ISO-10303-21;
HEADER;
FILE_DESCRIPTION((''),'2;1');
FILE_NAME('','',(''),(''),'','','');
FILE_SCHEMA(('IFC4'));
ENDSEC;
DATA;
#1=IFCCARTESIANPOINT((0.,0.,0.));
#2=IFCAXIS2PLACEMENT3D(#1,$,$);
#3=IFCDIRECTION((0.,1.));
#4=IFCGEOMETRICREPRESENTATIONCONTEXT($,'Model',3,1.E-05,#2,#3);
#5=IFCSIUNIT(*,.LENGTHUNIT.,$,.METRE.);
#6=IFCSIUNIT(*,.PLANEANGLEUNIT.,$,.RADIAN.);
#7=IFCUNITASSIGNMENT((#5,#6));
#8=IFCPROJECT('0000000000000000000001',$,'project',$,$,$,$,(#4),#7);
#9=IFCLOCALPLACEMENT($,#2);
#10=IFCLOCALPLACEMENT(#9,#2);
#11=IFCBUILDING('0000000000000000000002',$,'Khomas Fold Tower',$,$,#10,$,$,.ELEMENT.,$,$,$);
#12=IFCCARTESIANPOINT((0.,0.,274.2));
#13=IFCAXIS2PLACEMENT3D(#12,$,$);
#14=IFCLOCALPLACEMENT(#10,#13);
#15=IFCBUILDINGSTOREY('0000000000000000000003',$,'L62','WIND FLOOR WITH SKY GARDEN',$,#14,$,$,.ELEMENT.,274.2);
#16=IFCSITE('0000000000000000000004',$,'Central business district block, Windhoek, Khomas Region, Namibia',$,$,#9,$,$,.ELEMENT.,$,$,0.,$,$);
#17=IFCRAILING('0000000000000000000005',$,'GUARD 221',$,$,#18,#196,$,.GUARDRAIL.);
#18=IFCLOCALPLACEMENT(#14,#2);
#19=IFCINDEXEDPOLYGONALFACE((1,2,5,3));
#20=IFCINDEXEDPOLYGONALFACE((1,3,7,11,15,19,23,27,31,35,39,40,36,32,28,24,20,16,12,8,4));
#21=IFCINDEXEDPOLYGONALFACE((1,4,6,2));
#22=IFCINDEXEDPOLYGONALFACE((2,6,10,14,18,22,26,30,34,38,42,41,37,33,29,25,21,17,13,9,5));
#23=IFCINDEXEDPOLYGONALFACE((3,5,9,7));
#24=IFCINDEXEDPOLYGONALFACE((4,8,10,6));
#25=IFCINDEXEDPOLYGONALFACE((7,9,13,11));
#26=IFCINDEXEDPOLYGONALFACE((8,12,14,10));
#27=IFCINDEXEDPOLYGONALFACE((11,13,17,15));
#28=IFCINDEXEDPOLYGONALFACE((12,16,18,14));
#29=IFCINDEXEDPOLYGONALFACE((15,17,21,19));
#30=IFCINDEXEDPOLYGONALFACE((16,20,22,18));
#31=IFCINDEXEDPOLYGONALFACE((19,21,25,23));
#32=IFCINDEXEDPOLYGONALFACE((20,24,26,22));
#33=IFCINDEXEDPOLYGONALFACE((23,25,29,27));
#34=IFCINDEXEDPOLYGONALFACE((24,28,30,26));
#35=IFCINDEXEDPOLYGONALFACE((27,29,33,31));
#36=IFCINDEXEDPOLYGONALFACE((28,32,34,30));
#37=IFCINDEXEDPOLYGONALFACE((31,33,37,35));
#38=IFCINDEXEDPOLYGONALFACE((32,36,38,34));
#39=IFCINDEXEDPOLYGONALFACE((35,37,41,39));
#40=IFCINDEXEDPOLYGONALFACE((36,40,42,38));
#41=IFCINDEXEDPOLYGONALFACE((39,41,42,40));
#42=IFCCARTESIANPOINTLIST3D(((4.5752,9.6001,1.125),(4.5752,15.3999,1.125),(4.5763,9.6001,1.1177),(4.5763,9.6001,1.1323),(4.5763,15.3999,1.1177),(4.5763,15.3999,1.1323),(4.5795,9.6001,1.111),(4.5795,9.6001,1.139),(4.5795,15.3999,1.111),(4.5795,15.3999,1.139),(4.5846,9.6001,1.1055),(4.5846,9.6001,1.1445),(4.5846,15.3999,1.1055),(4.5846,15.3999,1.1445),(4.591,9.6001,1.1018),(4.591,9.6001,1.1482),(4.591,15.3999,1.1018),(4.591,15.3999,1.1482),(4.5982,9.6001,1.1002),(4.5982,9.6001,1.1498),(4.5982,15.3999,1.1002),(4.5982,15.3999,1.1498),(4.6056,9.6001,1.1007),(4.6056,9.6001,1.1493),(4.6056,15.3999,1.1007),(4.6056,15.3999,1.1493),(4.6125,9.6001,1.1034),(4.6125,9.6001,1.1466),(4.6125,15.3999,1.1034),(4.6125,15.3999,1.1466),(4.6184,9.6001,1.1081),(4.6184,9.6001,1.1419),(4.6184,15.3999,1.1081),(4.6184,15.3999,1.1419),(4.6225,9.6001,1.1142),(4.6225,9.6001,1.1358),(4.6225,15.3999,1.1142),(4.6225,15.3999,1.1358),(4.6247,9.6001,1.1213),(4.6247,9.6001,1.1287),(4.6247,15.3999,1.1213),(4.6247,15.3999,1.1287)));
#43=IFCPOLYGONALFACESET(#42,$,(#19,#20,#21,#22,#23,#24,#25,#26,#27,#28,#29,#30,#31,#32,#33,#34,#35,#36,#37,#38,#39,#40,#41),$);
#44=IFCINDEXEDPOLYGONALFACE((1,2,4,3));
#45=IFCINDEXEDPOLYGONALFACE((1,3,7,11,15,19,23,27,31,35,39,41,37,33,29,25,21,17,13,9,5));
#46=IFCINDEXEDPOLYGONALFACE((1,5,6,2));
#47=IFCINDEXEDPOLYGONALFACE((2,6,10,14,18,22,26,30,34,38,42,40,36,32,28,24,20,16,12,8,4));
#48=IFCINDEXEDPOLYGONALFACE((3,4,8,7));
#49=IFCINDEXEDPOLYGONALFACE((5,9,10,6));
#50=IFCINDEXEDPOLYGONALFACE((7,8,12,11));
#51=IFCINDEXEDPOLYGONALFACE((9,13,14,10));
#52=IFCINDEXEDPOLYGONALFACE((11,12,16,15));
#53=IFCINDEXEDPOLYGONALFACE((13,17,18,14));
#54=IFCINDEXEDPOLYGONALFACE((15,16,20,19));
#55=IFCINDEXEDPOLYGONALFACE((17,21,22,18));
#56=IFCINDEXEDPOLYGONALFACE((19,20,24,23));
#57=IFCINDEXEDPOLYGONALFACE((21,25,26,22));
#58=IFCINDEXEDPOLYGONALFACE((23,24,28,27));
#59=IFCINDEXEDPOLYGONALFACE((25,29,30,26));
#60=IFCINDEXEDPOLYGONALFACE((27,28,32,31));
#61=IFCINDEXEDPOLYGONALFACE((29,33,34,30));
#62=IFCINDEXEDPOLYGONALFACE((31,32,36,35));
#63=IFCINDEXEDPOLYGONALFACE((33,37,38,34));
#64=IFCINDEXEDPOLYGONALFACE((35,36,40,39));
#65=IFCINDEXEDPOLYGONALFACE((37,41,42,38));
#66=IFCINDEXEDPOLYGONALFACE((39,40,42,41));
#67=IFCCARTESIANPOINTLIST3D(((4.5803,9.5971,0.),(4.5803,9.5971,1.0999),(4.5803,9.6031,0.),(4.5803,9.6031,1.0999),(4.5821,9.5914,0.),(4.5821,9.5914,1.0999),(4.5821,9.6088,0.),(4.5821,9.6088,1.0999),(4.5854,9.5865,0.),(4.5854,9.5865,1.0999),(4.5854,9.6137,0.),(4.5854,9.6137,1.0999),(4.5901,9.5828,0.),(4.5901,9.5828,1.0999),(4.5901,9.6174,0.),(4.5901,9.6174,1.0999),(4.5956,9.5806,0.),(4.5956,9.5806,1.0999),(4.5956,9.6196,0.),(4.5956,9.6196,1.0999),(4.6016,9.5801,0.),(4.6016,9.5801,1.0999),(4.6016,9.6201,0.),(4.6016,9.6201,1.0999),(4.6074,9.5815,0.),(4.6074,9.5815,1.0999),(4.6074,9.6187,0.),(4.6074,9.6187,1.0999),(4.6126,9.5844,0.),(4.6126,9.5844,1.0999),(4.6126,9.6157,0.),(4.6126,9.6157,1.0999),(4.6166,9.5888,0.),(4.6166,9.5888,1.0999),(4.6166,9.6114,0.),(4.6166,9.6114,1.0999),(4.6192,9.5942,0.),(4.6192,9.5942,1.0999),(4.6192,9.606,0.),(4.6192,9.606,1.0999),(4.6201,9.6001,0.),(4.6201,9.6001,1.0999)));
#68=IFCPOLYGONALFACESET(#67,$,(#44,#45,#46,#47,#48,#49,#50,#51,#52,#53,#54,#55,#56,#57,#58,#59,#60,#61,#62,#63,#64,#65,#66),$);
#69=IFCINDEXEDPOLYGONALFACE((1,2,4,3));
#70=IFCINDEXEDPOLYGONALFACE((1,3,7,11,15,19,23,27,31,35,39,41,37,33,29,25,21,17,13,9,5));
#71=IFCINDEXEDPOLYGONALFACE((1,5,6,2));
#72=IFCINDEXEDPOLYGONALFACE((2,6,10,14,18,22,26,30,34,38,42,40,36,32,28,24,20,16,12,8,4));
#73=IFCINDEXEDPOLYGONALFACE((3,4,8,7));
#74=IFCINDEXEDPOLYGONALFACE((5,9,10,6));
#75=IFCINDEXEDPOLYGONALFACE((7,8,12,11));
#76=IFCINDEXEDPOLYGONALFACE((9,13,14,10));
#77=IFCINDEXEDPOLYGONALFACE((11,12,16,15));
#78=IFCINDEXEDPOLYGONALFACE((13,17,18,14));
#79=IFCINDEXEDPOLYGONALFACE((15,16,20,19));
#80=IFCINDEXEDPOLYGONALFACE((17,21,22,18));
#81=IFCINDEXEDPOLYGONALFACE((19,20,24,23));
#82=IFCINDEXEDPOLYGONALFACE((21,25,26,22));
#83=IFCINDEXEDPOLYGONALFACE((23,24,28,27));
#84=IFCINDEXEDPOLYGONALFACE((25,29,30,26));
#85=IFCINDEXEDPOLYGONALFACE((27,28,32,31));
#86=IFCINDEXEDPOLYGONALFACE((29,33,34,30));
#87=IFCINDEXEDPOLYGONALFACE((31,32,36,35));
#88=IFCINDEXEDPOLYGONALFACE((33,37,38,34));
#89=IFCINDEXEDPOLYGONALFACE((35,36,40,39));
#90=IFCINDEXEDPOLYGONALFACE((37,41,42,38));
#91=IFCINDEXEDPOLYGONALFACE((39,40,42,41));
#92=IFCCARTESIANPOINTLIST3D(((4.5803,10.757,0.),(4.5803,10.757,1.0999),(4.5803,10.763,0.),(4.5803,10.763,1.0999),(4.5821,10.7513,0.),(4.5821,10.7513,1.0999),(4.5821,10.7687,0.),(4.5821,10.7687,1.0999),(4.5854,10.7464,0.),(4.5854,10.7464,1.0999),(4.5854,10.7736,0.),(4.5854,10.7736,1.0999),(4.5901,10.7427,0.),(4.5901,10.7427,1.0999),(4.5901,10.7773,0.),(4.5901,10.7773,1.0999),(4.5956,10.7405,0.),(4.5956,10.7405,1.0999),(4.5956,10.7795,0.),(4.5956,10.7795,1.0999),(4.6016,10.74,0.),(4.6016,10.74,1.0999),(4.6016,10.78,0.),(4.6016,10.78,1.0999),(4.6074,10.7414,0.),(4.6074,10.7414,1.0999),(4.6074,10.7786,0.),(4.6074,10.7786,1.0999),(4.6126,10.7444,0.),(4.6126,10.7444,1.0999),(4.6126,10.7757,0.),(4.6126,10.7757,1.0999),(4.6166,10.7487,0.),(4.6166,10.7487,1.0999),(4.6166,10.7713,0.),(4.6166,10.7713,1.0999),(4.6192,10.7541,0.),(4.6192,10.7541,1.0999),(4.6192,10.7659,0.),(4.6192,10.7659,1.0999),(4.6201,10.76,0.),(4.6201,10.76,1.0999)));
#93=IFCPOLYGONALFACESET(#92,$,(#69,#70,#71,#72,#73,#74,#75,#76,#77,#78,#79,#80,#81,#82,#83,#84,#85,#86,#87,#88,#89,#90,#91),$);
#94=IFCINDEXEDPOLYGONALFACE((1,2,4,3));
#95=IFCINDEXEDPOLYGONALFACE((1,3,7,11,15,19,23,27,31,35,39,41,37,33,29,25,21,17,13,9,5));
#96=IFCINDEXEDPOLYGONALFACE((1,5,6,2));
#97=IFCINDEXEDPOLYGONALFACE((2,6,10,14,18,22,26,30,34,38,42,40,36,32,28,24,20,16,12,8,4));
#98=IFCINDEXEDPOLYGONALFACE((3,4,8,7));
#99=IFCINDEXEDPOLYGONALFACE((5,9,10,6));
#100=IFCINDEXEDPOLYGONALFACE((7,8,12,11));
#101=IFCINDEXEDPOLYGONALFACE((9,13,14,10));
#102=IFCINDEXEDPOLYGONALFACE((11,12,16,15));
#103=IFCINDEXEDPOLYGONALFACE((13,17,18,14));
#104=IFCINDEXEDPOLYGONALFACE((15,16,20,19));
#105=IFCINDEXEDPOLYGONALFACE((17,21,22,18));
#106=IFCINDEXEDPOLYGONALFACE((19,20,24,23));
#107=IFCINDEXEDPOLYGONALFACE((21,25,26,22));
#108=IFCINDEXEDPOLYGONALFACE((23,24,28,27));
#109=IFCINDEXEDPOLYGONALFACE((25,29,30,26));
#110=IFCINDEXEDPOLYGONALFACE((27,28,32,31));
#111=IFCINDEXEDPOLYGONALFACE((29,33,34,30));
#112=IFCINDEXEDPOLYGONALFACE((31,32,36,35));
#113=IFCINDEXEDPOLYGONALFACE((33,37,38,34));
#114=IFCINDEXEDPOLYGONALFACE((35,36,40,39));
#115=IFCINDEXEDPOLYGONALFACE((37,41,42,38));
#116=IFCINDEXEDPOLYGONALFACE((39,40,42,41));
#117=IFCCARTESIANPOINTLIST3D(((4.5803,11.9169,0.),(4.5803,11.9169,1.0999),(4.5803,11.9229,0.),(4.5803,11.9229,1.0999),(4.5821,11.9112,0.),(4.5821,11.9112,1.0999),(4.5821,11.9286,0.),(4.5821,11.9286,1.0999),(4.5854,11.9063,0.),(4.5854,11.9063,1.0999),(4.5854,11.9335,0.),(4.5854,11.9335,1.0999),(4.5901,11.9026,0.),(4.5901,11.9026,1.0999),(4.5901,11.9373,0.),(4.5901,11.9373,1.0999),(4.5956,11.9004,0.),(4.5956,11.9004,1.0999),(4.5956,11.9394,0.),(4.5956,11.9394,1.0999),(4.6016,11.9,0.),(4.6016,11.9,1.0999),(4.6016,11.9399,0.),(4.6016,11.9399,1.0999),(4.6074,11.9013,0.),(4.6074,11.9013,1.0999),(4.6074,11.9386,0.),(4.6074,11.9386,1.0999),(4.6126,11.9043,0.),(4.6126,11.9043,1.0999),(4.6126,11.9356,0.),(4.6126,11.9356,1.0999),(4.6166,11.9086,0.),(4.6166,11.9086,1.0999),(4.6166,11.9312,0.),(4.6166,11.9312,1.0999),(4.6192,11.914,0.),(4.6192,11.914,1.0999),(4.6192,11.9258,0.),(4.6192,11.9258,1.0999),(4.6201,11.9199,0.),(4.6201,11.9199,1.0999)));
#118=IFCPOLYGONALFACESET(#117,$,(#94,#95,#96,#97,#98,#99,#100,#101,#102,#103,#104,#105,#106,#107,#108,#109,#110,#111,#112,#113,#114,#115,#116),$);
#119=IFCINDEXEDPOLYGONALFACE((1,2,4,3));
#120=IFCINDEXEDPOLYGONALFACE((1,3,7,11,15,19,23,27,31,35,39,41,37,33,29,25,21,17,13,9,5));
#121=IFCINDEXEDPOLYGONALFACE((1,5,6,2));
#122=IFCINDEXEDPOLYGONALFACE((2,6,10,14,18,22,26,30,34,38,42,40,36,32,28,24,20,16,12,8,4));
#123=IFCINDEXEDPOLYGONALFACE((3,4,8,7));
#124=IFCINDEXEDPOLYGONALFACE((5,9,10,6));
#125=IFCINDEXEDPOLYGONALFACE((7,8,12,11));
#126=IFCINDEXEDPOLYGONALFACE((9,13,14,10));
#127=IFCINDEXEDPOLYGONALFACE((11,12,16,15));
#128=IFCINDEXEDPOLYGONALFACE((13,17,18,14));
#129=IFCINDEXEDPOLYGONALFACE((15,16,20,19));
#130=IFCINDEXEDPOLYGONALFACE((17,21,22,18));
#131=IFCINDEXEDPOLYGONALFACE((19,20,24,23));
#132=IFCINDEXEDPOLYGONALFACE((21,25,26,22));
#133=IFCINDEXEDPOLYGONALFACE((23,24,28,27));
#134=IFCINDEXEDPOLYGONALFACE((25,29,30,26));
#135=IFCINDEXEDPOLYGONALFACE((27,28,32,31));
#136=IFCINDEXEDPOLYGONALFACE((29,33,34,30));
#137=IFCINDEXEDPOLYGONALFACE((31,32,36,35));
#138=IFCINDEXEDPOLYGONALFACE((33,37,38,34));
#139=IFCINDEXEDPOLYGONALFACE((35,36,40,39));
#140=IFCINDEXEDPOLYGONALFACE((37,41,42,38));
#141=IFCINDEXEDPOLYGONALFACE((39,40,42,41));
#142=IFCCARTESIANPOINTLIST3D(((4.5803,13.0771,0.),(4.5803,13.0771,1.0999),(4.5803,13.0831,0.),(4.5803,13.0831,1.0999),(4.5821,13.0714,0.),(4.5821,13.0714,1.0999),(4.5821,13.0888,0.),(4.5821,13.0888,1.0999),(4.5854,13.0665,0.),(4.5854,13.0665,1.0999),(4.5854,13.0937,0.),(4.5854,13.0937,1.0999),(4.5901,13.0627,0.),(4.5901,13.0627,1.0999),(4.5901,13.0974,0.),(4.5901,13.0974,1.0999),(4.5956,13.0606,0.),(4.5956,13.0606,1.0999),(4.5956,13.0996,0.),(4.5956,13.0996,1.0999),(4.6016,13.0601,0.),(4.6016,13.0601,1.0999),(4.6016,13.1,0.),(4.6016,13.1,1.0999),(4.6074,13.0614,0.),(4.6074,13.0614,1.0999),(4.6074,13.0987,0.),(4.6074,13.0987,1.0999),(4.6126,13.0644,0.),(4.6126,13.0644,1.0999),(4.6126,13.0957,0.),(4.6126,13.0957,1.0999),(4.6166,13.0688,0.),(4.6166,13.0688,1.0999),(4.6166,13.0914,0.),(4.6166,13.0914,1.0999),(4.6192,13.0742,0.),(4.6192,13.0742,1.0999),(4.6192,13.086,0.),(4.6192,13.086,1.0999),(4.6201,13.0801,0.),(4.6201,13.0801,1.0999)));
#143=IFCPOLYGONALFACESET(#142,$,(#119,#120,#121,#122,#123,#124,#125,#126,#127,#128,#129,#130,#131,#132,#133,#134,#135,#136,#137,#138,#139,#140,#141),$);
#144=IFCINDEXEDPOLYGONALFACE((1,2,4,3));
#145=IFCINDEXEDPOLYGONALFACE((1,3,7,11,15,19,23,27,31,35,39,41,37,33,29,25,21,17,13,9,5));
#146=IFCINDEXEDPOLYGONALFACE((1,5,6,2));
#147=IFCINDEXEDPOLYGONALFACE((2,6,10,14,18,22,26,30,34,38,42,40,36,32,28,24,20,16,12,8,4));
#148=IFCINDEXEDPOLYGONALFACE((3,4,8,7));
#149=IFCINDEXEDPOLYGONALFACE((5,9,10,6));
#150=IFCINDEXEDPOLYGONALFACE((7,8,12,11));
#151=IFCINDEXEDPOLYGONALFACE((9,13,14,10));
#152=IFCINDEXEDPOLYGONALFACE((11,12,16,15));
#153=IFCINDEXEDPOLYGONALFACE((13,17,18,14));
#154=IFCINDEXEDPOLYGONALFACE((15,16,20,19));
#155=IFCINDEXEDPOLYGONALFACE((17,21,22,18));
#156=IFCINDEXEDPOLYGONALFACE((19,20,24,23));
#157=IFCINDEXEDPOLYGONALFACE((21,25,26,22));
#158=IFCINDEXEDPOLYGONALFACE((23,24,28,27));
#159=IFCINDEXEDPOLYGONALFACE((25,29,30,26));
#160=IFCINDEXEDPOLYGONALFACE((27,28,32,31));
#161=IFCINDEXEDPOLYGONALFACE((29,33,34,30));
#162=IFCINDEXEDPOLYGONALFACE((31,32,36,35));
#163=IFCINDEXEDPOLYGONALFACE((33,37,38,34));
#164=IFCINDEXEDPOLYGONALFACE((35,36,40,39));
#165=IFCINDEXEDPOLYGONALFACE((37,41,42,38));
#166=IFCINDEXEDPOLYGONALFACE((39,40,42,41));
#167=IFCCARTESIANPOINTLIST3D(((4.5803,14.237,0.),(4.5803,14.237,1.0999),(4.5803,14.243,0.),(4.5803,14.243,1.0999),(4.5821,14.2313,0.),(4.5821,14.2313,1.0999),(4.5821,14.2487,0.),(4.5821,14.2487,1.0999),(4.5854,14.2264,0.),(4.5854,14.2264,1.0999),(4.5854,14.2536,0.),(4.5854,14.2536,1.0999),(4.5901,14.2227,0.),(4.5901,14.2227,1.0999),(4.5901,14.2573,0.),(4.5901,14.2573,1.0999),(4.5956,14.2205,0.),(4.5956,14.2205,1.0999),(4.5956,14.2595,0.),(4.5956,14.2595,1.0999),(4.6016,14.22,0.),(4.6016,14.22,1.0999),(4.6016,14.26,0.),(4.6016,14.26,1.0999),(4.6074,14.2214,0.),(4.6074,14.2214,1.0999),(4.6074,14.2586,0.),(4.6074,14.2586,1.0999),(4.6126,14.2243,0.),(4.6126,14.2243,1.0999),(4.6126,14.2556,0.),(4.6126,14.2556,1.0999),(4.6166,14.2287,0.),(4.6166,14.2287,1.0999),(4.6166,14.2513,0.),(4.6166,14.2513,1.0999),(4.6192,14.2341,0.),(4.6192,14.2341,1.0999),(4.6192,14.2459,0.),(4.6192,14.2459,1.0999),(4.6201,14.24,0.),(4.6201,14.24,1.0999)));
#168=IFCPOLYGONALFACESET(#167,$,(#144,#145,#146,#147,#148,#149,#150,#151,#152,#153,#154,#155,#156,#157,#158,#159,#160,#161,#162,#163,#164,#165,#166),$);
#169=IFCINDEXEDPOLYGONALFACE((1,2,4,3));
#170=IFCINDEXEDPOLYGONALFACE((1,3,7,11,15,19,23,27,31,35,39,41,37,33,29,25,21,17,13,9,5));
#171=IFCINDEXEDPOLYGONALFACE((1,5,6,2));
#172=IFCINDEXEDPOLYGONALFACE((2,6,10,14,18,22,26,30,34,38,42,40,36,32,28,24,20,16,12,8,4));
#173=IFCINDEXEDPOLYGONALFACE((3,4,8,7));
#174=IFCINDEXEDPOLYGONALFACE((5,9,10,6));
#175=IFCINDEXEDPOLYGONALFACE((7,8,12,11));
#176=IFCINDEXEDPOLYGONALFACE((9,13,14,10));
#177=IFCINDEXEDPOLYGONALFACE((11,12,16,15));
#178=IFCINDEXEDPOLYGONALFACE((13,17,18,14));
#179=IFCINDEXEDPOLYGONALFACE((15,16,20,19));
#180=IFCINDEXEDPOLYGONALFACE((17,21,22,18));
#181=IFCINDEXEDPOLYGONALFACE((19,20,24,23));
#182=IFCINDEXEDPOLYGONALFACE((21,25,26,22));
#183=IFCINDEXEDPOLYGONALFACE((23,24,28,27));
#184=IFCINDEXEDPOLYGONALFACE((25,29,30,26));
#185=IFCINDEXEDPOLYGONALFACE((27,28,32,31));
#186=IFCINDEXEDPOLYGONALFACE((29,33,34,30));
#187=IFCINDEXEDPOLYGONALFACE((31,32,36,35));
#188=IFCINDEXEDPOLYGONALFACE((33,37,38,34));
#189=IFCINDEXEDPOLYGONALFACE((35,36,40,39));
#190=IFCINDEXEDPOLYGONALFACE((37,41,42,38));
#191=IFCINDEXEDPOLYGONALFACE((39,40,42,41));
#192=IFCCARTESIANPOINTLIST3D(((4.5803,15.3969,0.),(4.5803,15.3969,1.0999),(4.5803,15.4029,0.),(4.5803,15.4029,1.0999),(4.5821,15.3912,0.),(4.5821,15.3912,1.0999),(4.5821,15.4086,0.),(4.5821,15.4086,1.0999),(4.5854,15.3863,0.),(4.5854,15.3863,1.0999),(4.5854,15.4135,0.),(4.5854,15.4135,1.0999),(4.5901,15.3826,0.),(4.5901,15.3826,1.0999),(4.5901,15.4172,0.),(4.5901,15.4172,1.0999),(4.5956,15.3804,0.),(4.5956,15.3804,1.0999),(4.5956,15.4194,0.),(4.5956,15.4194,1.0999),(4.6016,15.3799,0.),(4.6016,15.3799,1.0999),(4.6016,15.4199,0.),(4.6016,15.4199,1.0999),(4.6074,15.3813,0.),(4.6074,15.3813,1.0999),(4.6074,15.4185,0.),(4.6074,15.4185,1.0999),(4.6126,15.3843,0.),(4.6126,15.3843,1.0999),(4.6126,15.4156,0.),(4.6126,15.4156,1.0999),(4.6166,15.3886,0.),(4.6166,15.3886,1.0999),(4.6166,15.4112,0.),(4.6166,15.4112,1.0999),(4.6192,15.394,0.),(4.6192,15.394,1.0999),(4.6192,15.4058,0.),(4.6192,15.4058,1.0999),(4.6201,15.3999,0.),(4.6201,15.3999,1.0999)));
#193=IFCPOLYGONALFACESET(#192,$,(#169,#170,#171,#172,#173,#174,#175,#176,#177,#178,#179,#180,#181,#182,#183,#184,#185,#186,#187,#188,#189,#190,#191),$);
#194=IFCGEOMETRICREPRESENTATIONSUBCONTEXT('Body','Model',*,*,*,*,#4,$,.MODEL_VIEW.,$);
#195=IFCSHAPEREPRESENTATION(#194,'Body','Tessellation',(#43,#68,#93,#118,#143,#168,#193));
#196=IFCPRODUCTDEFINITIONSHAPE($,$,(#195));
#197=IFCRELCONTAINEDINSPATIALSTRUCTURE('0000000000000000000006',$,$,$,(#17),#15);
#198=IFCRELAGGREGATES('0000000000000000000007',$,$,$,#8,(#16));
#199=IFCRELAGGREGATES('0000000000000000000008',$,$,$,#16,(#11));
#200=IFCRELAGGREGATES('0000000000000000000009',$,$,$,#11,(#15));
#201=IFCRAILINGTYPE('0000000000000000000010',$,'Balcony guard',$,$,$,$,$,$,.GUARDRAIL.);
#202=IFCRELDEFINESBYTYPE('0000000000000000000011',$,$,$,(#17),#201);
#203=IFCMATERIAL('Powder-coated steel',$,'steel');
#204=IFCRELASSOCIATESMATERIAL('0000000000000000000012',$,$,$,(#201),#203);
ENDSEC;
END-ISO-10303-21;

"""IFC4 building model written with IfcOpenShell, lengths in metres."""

from ifc_helpers import new_model, si_unit, direction, frame, origin, origin_2d, place, context, subcontext, project, spatial, circle, extrude, source, transform, mapped, material, type_object, element, save


model = new_model("IFC4")

# Units and contexts
model_context = context("Model", 3, precision=1e-05, world=origin(), true_north=direction((0.0, 1.0)))
body_context = subcontext(model_context, "Body", "Model", "MODEL_VIEW")
ifc_project = project(units=[si_unit("LENGTHUNIT", "METRE"), si_unit("PLANEANGLEUNIT", "RADIAN")], contexts=[model_context])

# Site, building, storey
site_placement = place(None, origin())
site = spatial("IfcSite", under=ifc_project, at=site_placement, Name="Central business district block, Windhoek, Khomas Region, Namibia", CompositionType="ELEMENT", RefElevation=0.0)
building_placement = place(site_placement, origin())
building = spatial("IfcBuilding", under=site, at=building_placement, Name="Khomas Fold Tower", CompositionType="ELEMENT")
storey_placement = place(building_placement, frame((0.0, 0.0, 274.2)))
storey = spatial("IfcBuildingStorey", under=building, at=storey_placement, Name="L62", Description="WIND FLOOR WITH SKY GARDEN", CompositionType="ELEMENT", Elevation=274.2)

# Railing
ifc_material_1 = material(Name="Powder-coated steel", Category="steel")
railing_type = type_object("IfcRailingType", Name="Balcony guard", PredefinedType="GUARDRAIL", material=ifc_material_1)
shared_shape_1 = source(origin(), body_context, "Body", "SweptSolid", [
    extrude(circle(Radius=0.0249, at=origin_2d()), frame((0.0, 0.0, 1.125), z_axis=(0.0, 1.0, 0.0), x_axis=(-1.0, 0.0, 0.0)), (0.0, 0.0, 1.0), 5.7998),
    extrude(circle(Radius=0.02, at=origin_2d()), origin(), (0.0, 0.0, 1.0), 1.0999),
    extrude(circle(Radius=0.02, at=origin_2d()), frame((0.0, 1.1599, 0.0)), (0.0, 0.0, 1.0), 1.0999),
    extrude(circle(Radius=0.02, at=origin_2d()), frame((0.0, 2.3198, 0.0)), (0.0, 0.0, 1.0), 1.0999),
    extrude(circle(Radius=0.02, at=origin_2d()), frame((0.0, 3.48, 0.0)), (0.0, 0.0, 1.0), 1.0999),
    extrude(circle(Radius=0.02, at=origin_2d()), frame((0.0, 4.6399, 0.0)), (0.0, 0.0, 1.0), 1.0999),
    extrude(circle(Radius=0.02, at=origin_2d()), frame((0.0, 5.7998, 0.0)), (0.0, 0.0, 1.0), 1.0999),
])
railing_1_placement = place(storey_placement, frame((4.6001, 9.6001, 0.0)))
element("IfcRailing", 1, at=railing_1_placement, inside=storey, type_object=railing_type, Name="GUARD 221", PredefinedType="GUARDRAIL", context=body_context, shape_type="MappedRepresentation", body=[
    mapped(shared_shape_1, transform((0.0, 0.0, 0.0))),
])

save(model, "model.ifc")
